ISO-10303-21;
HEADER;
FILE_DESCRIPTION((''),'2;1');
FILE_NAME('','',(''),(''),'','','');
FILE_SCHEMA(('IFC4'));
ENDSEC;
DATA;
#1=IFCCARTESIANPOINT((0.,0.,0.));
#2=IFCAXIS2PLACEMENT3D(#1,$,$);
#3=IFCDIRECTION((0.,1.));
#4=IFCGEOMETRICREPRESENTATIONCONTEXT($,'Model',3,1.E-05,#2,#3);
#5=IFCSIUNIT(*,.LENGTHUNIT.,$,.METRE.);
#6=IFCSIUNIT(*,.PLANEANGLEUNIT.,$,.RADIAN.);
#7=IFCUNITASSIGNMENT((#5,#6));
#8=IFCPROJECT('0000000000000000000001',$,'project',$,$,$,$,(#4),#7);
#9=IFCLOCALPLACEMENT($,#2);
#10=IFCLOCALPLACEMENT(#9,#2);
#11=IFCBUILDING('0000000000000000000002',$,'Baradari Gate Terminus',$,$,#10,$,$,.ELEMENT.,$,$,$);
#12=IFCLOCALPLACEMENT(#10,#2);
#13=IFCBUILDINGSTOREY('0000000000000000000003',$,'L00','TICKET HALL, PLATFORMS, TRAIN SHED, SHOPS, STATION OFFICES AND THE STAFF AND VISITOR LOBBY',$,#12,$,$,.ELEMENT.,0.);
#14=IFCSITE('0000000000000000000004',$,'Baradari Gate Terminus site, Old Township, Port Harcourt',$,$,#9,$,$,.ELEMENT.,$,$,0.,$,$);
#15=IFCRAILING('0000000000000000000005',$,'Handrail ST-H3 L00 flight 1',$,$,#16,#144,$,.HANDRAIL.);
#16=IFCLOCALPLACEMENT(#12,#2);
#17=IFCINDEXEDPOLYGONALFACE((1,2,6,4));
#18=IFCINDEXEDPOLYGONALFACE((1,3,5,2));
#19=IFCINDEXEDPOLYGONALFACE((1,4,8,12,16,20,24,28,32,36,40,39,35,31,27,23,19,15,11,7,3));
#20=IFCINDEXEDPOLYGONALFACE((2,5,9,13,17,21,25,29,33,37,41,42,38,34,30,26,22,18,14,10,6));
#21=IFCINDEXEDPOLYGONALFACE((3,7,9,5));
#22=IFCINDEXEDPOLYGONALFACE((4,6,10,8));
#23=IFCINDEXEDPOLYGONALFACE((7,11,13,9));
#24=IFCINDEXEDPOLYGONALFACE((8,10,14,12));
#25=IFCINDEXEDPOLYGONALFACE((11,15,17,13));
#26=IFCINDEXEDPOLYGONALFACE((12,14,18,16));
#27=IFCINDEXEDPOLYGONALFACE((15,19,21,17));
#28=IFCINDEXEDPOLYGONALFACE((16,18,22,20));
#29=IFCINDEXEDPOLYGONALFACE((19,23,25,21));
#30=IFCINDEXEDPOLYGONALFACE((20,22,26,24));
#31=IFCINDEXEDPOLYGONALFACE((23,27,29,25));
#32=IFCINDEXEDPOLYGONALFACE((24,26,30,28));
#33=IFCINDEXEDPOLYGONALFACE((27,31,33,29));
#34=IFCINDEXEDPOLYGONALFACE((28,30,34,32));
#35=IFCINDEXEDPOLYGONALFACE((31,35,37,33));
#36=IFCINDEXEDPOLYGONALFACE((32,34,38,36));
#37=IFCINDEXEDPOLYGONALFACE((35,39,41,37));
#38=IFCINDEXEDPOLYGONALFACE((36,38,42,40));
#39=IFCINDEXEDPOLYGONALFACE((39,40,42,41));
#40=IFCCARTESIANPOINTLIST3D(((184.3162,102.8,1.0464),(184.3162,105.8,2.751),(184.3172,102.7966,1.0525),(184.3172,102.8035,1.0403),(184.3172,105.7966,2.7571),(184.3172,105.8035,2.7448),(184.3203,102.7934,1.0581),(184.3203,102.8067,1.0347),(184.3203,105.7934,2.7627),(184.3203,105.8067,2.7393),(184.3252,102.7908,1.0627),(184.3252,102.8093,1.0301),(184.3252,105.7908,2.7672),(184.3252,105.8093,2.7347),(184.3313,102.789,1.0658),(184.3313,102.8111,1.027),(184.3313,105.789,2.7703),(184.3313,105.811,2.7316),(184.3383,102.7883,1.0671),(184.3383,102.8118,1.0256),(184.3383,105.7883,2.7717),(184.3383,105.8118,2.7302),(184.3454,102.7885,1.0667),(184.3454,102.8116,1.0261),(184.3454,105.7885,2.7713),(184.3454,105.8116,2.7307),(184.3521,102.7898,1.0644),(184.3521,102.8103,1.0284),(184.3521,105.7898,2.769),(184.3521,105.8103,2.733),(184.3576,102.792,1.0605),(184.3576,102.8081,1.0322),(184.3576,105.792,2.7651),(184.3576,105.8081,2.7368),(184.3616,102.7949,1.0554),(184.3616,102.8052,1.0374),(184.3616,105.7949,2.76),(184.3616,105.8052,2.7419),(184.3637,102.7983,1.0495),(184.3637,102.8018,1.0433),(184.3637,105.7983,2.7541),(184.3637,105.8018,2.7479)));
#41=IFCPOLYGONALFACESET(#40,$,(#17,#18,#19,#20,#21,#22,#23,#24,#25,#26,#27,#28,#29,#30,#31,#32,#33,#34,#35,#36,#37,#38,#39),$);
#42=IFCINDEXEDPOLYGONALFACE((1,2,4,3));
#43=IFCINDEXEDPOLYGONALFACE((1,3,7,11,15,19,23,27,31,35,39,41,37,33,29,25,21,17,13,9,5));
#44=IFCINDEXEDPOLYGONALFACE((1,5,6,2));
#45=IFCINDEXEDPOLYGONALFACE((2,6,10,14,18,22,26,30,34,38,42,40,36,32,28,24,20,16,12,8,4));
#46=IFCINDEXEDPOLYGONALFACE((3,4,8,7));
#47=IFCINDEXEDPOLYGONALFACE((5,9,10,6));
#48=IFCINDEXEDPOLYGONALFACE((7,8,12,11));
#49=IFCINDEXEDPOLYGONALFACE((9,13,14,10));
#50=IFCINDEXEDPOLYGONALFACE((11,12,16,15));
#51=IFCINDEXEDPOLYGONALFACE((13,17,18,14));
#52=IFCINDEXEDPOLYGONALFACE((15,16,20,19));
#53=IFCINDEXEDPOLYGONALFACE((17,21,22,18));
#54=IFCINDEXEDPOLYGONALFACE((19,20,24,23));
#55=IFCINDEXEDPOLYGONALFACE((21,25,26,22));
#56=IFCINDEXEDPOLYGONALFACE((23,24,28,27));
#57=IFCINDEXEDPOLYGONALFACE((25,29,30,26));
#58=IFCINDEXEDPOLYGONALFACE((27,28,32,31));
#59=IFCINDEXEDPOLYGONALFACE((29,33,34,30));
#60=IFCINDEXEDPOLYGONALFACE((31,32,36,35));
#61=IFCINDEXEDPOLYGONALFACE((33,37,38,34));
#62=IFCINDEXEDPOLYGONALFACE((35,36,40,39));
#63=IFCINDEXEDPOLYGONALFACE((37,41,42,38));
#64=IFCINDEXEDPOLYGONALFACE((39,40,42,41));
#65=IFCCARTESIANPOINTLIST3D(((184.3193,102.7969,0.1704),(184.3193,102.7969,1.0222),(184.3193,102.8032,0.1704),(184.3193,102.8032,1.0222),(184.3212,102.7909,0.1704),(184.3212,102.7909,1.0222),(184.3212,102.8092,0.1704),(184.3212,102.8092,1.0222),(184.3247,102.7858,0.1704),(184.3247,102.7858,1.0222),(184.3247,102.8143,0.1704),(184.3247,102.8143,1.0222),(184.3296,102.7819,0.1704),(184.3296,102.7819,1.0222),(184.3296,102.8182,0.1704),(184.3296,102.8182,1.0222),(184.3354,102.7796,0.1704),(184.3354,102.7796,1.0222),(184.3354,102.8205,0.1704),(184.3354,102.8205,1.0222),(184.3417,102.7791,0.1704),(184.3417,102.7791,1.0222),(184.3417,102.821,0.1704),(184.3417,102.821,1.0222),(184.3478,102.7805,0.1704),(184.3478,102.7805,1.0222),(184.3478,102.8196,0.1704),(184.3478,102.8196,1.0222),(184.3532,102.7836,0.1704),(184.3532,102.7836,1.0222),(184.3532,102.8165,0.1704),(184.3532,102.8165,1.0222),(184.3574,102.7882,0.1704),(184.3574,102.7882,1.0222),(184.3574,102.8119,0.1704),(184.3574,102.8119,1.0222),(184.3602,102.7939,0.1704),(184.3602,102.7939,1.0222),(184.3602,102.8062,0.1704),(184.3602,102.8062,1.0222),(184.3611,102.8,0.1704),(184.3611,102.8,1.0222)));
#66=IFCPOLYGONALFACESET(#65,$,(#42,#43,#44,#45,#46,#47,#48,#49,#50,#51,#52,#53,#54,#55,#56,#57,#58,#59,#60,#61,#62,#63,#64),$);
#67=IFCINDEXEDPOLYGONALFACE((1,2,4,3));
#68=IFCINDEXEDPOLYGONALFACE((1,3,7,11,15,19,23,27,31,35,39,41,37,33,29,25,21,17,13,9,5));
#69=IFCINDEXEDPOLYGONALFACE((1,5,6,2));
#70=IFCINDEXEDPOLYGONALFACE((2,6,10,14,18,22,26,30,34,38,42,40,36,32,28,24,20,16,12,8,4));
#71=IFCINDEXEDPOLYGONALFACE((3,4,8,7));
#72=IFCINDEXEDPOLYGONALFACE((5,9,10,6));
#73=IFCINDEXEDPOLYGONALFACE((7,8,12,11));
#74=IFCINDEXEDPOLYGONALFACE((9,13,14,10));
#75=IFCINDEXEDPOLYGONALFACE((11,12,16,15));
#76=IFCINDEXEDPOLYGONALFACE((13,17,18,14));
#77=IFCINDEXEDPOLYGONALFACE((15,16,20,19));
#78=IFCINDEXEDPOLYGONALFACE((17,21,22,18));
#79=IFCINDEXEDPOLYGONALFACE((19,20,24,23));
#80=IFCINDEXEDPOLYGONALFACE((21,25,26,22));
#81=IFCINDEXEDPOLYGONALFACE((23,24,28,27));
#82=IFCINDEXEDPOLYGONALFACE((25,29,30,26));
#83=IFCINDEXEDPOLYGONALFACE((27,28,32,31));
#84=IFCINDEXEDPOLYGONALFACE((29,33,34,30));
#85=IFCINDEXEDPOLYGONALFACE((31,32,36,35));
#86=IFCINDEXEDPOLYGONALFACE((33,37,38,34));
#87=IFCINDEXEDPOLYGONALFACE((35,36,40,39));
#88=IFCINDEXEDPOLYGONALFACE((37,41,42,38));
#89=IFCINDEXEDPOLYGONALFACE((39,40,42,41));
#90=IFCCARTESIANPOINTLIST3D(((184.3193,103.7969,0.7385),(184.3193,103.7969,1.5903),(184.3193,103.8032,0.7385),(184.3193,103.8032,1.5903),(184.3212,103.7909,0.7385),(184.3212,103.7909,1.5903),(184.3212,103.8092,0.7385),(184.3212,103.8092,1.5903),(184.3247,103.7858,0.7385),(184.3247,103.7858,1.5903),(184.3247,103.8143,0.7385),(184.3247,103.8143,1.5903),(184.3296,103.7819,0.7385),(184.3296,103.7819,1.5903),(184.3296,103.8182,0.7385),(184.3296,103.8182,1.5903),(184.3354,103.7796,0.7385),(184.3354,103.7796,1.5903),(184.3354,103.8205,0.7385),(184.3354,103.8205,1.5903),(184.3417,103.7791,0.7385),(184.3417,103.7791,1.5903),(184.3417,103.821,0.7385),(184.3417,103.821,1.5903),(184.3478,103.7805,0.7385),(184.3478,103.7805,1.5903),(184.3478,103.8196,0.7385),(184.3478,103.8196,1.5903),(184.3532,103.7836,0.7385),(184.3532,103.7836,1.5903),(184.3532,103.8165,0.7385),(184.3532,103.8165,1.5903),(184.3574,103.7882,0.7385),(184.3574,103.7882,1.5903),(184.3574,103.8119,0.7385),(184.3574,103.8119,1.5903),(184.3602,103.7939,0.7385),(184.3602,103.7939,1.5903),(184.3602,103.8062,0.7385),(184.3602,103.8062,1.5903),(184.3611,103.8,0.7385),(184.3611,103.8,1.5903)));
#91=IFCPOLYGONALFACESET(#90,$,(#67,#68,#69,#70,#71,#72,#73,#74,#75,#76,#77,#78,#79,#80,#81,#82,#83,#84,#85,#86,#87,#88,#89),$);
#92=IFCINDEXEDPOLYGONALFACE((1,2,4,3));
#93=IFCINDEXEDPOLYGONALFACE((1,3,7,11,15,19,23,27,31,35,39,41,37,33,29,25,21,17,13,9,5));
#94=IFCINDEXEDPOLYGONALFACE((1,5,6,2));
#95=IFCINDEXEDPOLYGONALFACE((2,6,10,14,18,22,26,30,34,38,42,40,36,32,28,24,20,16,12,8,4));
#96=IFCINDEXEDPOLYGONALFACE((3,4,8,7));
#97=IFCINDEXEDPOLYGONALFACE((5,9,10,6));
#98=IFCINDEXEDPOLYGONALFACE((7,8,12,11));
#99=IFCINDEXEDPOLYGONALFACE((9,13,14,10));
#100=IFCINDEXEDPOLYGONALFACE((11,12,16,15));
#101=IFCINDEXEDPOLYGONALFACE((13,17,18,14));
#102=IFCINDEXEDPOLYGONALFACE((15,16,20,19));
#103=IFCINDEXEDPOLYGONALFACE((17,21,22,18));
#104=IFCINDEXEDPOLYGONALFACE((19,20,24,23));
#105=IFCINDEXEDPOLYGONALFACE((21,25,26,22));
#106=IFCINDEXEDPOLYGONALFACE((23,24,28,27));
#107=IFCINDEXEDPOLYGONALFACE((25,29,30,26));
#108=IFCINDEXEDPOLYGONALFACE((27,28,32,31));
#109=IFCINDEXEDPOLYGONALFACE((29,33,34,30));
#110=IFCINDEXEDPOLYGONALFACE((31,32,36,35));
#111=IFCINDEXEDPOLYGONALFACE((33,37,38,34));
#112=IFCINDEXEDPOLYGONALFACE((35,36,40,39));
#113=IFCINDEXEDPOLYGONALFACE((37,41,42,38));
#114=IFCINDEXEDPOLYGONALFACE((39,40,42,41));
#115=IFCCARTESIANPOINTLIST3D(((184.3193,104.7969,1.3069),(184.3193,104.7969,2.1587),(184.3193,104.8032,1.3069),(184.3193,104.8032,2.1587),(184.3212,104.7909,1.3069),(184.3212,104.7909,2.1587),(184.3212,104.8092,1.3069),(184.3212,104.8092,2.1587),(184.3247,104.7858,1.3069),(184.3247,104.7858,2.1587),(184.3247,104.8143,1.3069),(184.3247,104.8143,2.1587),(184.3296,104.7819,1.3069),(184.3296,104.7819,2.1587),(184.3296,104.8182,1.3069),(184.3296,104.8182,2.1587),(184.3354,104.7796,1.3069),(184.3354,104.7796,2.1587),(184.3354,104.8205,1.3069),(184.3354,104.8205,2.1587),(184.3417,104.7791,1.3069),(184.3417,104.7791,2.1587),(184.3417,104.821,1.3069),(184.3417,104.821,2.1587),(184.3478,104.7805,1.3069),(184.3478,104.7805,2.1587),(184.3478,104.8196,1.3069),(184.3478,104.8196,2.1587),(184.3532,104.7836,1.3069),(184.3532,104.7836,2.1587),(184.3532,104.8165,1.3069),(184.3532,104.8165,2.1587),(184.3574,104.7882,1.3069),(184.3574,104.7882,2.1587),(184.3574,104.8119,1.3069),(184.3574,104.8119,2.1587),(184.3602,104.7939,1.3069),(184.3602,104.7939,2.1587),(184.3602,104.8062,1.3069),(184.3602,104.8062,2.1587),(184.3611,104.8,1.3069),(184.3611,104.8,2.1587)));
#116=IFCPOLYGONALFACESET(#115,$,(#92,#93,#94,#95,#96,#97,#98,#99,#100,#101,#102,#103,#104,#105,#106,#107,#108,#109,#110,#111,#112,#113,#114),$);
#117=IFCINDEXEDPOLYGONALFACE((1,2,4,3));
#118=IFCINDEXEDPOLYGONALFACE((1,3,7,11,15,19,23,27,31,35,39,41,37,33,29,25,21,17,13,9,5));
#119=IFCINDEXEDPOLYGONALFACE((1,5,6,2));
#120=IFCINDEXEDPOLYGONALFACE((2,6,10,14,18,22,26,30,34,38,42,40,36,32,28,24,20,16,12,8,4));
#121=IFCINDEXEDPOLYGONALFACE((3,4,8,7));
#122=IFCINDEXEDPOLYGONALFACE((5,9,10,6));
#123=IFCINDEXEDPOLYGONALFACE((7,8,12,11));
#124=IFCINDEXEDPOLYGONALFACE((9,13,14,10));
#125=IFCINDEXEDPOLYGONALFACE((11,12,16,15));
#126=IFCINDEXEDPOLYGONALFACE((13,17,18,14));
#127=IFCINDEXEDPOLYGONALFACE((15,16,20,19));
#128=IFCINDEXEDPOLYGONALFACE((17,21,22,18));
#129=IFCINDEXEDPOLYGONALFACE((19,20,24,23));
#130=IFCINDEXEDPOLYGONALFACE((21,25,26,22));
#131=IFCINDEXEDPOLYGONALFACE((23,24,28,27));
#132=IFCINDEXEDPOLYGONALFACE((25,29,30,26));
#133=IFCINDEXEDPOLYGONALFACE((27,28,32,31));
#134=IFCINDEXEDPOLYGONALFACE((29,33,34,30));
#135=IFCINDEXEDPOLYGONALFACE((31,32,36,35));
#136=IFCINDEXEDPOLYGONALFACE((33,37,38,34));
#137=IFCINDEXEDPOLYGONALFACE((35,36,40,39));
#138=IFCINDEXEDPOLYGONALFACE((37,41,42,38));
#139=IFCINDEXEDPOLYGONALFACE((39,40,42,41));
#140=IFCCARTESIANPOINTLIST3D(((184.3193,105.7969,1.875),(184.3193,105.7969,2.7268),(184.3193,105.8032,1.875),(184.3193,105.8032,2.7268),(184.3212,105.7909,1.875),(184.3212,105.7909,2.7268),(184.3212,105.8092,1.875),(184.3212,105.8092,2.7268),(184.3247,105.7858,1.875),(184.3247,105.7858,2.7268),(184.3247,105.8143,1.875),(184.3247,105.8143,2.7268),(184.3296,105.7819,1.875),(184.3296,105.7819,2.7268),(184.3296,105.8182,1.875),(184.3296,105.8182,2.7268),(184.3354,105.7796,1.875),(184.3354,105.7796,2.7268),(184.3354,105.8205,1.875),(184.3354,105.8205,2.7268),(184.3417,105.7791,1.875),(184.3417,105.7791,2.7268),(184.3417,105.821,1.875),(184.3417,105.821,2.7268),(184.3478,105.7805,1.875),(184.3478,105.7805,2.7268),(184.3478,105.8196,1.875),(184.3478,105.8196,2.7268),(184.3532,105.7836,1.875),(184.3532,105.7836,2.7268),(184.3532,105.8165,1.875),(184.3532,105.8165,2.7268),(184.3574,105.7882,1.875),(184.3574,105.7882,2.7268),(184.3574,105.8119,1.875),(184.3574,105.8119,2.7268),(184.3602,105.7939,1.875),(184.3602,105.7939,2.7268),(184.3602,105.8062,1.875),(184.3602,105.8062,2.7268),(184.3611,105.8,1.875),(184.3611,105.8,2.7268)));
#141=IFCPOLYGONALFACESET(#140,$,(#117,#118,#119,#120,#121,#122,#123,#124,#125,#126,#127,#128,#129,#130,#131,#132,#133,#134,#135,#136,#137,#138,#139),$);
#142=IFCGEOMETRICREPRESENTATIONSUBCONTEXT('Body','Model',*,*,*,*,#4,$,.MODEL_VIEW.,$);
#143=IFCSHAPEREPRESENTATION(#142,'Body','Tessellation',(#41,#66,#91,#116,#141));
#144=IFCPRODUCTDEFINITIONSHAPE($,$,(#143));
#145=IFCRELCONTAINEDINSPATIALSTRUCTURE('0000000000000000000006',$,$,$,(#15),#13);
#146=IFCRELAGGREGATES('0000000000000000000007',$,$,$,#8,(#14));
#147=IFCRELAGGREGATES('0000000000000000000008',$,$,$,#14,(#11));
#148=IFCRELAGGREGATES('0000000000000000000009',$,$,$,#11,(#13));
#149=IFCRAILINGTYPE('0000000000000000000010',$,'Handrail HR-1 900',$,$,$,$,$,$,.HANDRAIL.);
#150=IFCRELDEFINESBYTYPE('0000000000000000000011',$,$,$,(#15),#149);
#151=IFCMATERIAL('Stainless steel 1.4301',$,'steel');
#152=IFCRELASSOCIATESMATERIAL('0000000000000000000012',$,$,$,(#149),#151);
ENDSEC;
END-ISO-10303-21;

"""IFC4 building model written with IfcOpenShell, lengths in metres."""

from ifc_helpers import new_model, si_unit, direction, frame, origin, origin_2d, place, context, subcontext, project, spatial, circle, extrude, material, type_object, element, save


model = new_model("IFC4")

# Units and contexts
model_context = context("Model", 3, precision=1e-05, world=origin(), true_north=direction((0.0, 1.0)))
body_context = subcontext(model_context, "Body", "Model", "MODEL_VIEW")
ifc_project = project(units=[si_unit("LENGTHUNIT", "METRE"), si_unit("PLANEANGLEUNIT", "RADIAN")], contexts=[model_context])

# Site, building, storey
site_placement = place(None, origin())
site = spatial("IfcSite", under=ifc_project, at=site_placement, Name="Baradari Gate Terminus site, Old Township, Port Harcourt", CompositionType="ELEMENT", RefElevation=0.0)
building_placement = place(site_placement, origin())
building = spatial("IfcBuilding", under=site, at=building_placement, Name="Baradari Gate Terminus", CompositionType="ELEMENT")
storey_placement = place(building_placement, origin())
storey = spatial("IfcBuildingStorey", under=building, at=storey_placement, Name="L00", Description="TICKET HALL, PLATFORMS, TRAIN SHED, SHOPS, STATION OFFICES AND THE STAFF AND VISITOR LOBBY", CompositionType="ELEMENT", Elevation=0.0)

# Railing
ifc_material_1 = material(Name="Stainless steel 1.4301", Category="steel")
railing_type_1 = type_object("IfcRailingType", Name="Handrail HR-1 900", PredefinedType="HANDRAIL", material=ifc_material_1)
for number, where, name in (
    (1, (184.3401, 102.8, 0.1704), "Handrail ST-H3 L00 flight 1"),
):
    element("IfcRailing", number, at=place(storey_placement, frame(where)), inside=storey, type_object=railing_type_1, Name=name, PredefinedType="HANDRAIL", context=body_context, shape_type="SweptSolid", body=[
        extrude(circle(Radius=0.0239, at=origin_2d()), frame((0.0, 0.0, 0.876), z_axis=(0.0, 0.869451, 0.494019), x_axis=(-1.0, 0.0, 0.0)), (0.0, 0.0, 1.0), 3.4504),
        extrude(circle(Radius=0.021, at=origin_2d()), origin(), (0.0, 0.0, 1.0), 0.8518),
        extrude(circle(Radius=0.021, at=origin_2d()), frame((0.0, 1.0, 0.5681)), (0.0, 0.0, 1.0), 0.8518),
        extrude(circle(Radius=0.021, at=origin_2d()), frame((0.0, 2.0, 1.1365)), (0.0, 0.0, 1.0), 0.8518),
        extrude(circle(Radius=0.021, at=origin_2d()), frame((0.0, 3.0, 1.7046)), (0.0, 0.0, 1.0), 0.8518),
    ])

save(model, "model.ifc")
